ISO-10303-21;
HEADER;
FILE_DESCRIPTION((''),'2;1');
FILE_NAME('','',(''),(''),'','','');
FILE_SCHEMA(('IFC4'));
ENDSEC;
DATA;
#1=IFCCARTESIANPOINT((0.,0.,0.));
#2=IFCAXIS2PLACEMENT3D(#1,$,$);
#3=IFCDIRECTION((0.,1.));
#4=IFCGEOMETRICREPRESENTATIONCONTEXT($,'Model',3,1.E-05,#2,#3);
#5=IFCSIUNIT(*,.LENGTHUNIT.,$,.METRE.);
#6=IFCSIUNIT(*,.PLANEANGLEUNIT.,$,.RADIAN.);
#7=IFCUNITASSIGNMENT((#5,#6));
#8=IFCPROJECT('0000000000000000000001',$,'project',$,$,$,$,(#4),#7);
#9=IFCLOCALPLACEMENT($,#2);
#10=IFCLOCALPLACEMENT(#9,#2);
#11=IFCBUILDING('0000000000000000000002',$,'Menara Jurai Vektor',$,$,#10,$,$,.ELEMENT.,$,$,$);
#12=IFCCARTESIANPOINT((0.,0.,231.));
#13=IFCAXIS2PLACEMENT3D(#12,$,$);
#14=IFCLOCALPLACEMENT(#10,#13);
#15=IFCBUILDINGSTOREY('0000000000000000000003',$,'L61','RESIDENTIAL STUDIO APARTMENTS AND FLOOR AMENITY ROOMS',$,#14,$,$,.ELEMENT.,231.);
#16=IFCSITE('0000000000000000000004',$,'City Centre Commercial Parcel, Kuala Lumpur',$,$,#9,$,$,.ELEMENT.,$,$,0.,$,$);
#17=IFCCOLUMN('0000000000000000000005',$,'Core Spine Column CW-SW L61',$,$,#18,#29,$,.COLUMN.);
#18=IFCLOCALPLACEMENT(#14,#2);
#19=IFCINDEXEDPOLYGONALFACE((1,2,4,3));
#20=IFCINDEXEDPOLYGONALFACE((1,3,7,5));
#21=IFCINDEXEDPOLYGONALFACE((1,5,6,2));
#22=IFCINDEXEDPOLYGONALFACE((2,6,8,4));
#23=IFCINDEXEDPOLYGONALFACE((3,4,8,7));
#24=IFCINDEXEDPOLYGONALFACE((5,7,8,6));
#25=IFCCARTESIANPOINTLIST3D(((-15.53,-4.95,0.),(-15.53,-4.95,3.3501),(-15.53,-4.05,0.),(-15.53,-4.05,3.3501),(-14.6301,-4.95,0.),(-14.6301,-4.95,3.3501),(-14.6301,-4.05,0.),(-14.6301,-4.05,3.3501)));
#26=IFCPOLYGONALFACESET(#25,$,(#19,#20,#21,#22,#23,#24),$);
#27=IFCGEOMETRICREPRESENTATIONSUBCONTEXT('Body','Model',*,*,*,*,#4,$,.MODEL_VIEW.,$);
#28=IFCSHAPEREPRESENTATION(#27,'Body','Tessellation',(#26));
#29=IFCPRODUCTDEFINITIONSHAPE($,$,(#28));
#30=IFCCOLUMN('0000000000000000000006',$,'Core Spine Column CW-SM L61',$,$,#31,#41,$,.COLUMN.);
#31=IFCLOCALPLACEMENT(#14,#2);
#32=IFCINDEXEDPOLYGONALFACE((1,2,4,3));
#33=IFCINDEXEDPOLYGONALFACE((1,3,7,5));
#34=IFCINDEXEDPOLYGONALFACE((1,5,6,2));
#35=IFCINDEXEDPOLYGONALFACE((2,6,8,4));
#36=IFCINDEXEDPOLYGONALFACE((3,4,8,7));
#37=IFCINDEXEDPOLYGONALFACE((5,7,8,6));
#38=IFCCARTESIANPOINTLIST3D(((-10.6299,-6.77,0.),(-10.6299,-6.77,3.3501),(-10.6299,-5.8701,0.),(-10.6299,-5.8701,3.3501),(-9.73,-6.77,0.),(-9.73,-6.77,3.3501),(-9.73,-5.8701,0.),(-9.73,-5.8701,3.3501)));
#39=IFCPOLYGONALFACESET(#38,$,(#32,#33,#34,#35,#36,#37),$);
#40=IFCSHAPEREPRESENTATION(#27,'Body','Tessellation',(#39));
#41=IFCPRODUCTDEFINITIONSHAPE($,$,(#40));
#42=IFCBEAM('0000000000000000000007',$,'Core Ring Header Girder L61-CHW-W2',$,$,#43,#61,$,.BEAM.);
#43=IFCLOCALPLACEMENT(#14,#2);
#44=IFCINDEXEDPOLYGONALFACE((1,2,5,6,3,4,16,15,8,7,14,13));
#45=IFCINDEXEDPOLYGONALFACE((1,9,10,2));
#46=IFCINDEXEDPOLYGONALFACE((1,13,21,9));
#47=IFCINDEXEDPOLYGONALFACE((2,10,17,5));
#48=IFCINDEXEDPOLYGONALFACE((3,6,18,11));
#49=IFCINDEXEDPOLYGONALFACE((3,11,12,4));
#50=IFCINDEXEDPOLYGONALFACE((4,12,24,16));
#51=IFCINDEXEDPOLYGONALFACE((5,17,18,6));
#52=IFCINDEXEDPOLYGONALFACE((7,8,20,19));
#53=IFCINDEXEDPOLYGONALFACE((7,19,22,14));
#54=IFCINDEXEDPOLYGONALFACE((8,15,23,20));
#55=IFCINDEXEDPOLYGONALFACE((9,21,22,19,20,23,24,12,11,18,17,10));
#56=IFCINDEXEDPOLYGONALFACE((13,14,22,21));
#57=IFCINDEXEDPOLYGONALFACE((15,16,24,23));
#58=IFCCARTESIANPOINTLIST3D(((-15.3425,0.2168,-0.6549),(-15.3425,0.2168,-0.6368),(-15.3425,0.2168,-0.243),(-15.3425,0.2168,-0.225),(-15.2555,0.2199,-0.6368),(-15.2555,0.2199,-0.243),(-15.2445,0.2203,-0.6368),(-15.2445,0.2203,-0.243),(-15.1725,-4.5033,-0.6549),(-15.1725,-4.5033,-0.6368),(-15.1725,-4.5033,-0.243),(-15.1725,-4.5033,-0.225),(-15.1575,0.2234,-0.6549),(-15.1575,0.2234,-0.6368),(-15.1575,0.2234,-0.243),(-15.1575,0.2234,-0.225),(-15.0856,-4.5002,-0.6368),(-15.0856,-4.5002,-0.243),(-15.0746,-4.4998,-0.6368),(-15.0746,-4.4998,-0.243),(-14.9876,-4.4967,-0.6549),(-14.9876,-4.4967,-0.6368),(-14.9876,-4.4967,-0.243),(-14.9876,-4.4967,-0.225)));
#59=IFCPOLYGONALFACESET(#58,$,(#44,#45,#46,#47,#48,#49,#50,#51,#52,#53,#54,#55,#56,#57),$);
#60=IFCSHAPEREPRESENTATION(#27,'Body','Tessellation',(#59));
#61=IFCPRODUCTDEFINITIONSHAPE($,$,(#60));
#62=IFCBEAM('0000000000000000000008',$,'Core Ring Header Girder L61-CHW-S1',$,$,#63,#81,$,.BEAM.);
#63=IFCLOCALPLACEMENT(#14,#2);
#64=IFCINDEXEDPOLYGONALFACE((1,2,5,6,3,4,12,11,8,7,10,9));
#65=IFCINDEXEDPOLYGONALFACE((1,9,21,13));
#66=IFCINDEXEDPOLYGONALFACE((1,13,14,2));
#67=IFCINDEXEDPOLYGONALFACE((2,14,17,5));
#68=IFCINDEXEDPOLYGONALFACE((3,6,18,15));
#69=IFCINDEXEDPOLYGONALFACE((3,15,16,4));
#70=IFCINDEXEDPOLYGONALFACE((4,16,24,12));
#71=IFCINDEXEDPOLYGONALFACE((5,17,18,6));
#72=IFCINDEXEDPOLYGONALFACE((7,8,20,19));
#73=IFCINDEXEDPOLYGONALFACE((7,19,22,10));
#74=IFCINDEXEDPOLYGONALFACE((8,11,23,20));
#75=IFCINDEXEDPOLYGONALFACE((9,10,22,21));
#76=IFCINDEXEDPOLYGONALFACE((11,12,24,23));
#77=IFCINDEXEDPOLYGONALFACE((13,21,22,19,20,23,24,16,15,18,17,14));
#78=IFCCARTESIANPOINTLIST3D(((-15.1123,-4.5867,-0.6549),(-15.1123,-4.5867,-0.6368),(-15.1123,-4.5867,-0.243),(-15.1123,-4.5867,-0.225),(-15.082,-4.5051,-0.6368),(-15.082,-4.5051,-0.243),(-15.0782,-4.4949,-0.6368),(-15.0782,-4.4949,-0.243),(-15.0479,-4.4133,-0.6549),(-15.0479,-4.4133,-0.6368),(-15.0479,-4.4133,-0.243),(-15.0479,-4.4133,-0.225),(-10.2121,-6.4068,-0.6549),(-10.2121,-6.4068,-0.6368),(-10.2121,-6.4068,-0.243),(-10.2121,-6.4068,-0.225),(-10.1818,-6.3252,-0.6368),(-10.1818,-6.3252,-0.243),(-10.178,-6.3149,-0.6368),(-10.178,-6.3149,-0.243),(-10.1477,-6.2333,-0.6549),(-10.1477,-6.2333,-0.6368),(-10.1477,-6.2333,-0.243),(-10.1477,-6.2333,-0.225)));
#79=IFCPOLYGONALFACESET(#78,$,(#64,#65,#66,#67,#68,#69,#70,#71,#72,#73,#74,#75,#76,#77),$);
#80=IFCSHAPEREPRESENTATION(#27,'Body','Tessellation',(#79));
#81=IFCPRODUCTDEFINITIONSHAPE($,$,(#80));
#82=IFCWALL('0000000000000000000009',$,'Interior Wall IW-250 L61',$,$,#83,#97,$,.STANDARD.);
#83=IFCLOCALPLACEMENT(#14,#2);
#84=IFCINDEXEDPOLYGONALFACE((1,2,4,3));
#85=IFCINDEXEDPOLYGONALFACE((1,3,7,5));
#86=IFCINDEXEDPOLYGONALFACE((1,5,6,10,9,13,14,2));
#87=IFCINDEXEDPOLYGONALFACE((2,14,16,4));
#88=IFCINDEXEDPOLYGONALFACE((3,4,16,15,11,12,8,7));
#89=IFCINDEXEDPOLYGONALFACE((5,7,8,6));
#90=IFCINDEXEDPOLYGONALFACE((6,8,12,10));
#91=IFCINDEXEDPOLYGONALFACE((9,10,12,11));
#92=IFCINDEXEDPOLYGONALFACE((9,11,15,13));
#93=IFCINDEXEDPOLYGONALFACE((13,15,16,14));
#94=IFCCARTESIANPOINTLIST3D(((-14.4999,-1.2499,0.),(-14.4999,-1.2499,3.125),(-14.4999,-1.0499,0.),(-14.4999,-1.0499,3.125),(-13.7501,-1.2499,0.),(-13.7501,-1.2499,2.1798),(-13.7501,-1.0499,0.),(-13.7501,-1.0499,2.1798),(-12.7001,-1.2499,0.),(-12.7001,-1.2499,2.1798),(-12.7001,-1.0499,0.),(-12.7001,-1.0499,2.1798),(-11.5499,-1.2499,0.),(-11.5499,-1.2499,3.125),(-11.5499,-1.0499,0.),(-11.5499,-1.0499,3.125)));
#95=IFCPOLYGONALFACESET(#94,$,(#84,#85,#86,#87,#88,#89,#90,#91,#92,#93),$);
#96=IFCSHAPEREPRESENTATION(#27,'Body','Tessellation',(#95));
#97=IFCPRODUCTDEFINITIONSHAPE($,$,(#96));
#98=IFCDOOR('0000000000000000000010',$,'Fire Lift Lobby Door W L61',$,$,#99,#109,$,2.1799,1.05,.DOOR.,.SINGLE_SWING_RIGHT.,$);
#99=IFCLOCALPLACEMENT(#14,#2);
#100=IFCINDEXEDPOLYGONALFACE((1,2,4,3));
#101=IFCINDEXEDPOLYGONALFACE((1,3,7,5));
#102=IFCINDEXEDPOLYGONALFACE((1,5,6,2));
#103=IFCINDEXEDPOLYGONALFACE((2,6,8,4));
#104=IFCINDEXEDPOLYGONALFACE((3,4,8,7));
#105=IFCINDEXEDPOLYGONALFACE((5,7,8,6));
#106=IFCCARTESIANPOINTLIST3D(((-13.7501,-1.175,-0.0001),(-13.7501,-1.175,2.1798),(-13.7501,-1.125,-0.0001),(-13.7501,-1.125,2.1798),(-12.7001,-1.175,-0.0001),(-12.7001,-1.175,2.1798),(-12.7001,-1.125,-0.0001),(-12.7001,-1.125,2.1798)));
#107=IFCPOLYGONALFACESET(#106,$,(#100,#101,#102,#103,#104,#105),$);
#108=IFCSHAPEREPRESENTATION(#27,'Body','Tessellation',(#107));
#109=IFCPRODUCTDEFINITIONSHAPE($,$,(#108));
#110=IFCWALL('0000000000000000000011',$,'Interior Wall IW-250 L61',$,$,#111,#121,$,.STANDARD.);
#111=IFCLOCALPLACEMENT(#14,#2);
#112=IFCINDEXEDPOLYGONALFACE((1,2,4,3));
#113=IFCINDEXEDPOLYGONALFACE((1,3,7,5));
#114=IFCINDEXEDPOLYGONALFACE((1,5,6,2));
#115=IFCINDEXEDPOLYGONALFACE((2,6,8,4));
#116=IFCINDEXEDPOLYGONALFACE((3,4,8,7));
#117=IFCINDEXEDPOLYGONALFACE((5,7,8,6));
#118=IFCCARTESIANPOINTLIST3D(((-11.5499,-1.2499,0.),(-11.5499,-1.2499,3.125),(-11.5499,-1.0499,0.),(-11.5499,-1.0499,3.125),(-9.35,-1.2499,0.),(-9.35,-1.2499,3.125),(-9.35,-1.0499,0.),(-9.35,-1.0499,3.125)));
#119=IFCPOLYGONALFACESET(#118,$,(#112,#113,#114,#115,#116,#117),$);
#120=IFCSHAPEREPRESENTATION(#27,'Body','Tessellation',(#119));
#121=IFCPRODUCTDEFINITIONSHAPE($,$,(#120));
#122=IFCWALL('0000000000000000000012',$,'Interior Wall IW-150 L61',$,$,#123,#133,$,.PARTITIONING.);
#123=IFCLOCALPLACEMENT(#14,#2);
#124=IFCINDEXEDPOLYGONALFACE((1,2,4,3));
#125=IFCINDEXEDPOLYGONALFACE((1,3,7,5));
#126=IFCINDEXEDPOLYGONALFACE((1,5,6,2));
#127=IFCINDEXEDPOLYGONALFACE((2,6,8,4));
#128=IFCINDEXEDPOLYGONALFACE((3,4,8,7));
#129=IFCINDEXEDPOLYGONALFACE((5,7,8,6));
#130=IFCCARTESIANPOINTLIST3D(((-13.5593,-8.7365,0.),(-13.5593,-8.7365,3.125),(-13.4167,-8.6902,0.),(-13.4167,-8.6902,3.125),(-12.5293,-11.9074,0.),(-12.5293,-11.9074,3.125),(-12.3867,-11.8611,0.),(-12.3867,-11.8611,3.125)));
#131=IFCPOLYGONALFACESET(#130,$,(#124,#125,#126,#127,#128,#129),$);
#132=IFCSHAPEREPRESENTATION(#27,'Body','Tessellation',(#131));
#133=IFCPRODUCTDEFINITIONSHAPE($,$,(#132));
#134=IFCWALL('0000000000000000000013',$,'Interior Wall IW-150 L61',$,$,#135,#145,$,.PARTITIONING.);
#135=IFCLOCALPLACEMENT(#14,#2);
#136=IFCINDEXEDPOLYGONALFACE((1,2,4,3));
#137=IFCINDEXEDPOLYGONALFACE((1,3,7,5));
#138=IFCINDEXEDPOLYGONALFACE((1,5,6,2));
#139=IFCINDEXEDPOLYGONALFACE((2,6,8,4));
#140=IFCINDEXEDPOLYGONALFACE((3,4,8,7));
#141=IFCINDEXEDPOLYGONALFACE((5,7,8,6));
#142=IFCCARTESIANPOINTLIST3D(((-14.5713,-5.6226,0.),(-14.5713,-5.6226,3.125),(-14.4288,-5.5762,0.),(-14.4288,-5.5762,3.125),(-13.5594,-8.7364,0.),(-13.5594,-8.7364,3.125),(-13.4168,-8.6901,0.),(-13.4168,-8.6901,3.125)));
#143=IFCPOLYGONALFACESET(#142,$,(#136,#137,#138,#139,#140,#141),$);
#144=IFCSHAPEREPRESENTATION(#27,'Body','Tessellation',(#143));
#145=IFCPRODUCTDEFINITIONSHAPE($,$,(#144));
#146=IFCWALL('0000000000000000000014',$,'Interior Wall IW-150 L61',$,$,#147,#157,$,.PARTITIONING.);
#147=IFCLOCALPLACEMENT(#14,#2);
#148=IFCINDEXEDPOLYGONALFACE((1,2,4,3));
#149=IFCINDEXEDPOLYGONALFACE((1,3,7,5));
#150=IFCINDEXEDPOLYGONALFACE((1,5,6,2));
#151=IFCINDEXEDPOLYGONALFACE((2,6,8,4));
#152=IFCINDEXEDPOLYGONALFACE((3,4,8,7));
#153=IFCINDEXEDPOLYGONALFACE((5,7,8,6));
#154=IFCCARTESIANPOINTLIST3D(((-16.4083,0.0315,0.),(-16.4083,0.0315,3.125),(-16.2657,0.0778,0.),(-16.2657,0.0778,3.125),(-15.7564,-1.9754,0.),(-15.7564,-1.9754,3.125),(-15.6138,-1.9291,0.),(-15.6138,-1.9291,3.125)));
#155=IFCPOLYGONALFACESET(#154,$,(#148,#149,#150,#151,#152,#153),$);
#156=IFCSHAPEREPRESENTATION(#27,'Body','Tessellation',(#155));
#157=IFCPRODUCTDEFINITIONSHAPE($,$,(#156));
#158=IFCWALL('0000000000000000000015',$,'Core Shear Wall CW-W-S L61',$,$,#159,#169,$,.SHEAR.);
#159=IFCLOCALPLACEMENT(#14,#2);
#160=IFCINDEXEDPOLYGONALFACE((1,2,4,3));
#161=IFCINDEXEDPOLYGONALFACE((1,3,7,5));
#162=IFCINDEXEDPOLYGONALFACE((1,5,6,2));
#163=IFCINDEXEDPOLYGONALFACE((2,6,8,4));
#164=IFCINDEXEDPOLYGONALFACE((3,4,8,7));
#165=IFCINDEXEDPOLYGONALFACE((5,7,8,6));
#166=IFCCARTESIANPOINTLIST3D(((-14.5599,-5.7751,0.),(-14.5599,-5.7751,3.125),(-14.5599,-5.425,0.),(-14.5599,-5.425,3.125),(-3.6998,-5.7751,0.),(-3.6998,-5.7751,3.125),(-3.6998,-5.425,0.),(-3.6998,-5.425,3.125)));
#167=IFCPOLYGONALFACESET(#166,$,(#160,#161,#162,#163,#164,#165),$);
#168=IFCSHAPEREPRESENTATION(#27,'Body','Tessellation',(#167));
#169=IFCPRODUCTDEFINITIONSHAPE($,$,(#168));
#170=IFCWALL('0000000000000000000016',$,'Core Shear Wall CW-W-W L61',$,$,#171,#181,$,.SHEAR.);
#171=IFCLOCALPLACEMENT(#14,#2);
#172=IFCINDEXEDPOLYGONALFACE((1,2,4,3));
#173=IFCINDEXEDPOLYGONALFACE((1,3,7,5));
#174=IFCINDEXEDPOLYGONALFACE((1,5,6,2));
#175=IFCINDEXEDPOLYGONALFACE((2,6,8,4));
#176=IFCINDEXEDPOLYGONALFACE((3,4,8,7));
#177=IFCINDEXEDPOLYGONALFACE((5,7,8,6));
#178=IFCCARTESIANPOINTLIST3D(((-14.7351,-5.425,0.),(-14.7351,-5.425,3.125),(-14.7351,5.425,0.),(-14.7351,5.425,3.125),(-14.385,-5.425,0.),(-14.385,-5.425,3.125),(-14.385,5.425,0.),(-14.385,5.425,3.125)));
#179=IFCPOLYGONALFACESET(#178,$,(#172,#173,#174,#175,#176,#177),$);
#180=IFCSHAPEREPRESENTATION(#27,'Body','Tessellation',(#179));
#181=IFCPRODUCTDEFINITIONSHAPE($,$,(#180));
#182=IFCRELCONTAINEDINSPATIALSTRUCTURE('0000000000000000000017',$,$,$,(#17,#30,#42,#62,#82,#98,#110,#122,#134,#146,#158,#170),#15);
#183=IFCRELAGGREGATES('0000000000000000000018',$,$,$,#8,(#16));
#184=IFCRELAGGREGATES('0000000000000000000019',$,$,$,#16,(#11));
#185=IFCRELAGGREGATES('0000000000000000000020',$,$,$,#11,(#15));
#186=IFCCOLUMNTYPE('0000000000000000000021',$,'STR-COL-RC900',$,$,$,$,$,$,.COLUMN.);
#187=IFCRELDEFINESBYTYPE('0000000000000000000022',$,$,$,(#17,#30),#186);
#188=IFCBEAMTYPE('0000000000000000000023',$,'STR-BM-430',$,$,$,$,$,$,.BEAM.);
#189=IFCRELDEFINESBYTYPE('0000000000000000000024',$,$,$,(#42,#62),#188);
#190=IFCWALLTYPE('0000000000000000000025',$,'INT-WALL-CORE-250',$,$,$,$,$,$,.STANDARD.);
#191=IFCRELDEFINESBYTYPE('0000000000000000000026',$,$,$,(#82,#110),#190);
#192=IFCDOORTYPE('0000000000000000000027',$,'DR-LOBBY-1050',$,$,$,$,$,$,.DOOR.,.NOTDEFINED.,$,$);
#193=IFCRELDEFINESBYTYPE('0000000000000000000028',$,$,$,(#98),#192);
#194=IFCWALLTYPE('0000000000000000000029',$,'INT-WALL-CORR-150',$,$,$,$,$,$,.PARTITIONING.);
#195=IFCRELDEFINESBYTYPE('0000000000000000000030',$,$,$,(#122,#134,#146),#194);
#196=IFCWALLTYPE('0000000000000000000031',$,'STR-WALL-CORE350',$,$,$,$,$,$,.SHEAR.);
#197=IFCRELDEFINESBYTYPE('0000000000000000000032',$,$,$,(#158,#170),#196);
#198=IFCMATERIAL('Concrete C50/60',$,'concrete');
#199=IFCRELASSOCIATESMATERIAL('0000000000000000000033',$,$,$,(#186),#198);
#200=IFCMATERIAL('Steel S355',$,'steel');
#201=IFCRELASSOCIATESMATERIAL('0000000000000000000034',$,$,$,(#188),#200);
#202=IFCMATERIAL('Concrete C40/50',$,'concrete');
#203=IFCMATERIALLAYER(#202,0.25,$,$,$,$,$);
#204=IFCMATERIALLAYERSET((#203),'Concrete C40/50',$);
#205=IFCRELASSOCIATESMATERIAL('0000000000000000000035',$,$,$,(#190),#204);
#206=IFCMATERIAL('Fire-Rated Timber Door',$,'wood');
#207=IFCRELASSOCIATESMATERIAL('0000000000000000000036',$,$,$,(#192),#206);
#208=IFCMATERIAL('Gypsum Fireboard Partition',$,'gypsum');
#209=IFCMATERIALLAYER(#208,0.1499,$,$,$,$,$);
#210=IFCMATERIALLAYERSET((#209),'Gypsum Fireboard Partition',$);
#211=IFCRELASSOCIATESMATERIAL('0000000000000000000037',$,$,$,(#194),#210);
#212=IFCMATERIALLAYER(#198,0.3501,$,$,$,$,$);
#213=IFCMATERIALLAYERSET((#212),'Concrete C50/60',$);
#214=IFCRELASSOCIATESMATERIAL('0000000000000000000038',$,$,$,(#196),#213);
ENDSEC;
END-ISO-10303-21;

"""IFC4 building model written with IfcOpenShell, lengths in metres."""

from ifc_helpers import new_model, si_unit, direction, frame, frame_2d, origin, origin_2d, place, context, subcontext, project, spatial, rectangle, i_section, extrude, material, layer, layer_set, material_profile, profile_set, type_object, element, fill, save


model = new_model("IFC4")

# Units and contexts
model_context = context("Model", 3, precision=1e-05, world=origin(), true_north=direction((0.0, 1.0)))
body_context = subcontext(model_context, "Body", "Model", "MODEL_VIEW")
ifc_project = project(units=[si_unit("LENGTHUNIT", "METRE"), si_unit("PLANEANGLEUNIT", "RADIAN")], contexts=[model_context])

# Site, building, storey
site_placement = place(None, origin())
site = spatial("IfcSite", under=ifc_project, at=site_placement, Name="City Centre Commercial Parcel, Kuala Lumpur", CompositionType="ELEMENT", RefElevation=0.0)
building_placement = place(site_placement, origin())
building = spatial("IfcBuilding", under=site, at=building_placement, Name="Menara Jurai Vektor", CompositionType="ELEMENT")
storey_placement = place(building_placement, frame((0.0, 0.0, 231.0)))
storey = spatial("IfcBuildingStorey", under=building, at=storey_placement, Name="L61", Description="RESIDENTIAL STUDIO APARTMENTS AND FLOOR AMENITY ROOMS", CompositionType="ELEMENT", Elevation=231.0)

# Columns
ifc_material_1 = material(Name="Concrete C50/60", Category="concrete")
ifc_material_profile_1 = material_profile(ifc_material_1, rectangle(XDim=0.8999, YDim=0.8999, at=origin_2d()), Name="RC 900x900")
ifc_profile_set_1 = profile_set([ifc_material_profile_1], Name="Concrete C50/60")
column_type = type_object("IfcColumnType", Name="STR-COL-RC900", PredefinedType="COLUMN", material=ifc_profile_set_1)
for number, where, z_axis, x_axis, name in (
    (1, (-15.0801, -4.5, 0.0), (0.0, 0.0, 1.0), (1.0, 0.0, 0.0), "Core Spine Column CW-SW L61"),
    (2, (-10.1799, -6.3201, 0.0), (0.0, 0.0, 1.0), (1.0, 0.0, 0.0), "Core Spine Column CW-SM L61"),
):
    element("IfcColumn", number, at=place(storey_placement, frame(where, z_axis=z_axis, x_axis=x_axis)), inside=storey, type_object=column_type, Name=name, PredefinedType="COLUMN", context=body_context, shape_type="SweptSolid", body=[
        extrude(rectangle(XDim=0.8999, YDim=0.8999, at=origin_2d()), origin(), (0.0, 0.0, 1.0), 3.3501),
    ])

# Beams
ifc_material_2 = material(Name="Steel S355", Category="steel")
ifc_material_profile_2 = material_profile(ifc_material_2, i_section(OverallWidth=0.1851, OverallDepth=0.4299, WebThickness=0.011, FlangeThickness=0.0181, at=origin_2d()), Name="PG 430x185x76")
ifc_profile_set_2 = profile_set([ifc_material_profile_2], Name="Steel S355")
beam_type = type_object("IfcBeamType", Name="STR-BM-430", PredefinedType="BEAM", material=ifc_profile_set_2)
beam_1_placement = place(storey_placement, frame((-15.0801, -4.5, -0.4399), z_axis=(-0.035977, 0.999353, 0.0), x_axis=(-0.999353, -0.035977, 0.0)))
element("IfcBeam", 3, at=beam_1_placement, inside=storey, type_object=beam_type, Name="Core Ring Header Girder L61-CHW-W2", PredefinedType="BEAM", context=body_context, shape_type="SweptSolid", body=[
    extrude(i_section(OverallWidth=0.1851, OverallDepth=0.4299, WebThickness=0.011, FlangeThickness=0.0181, at=origin_2d()), origin(), (0.0, 0.0, 1.0), 4.7231),
])
beam_2_placement = place(storey_placement, frame((-15.0801, -4.5, -0.4399), z_axis=(0.937424, -0.348189, 0.0), x_axis=(0.348189, 0.937424, 0.0)))
element("IfcBeam", 4, at=beam_2_placement, inside=storey, type_object=beam_type, Name="Core Ring Header Girder L61-CHW-S1", PredefinedType="BEAM", context=body_context, shape_type="SweptSolid", body=[
    extrude(i_section(OverallWidth=0.1851, OverallDepth=0.4299, WebThickness=0.011, FlangeThickness=0.0181, at=origin_2d()), origin(), (0.0, 0.0, 1.0), 5.2273),
])

# Wall, opening, door
ifc_material_3 = material(Name="Concrete C40/50", Category="concrete")
ifc_layer_1 = layer(ifc_material_3, 0.25)
ifc_layer_set_1 = layer_set([ifc_layer_1], Name="Concrete C40/50")
wall_type_1 = type_object("IfcWallType", Name="INT-WALL-CORE-250", PredefinedType="STANDARD", material=ifc_layer_set_1)
wall_1_placement = place(storey_placement, frame((-14.5, -1.1499, 0.0), z_axis=(0.0, 0.0, 1.0), x_axis=(1.0, 0.0, 0.0)))
wall_1 = element("IfcWall", 5, at=wall_1_placement, inside=storey, type_object=wall_type_1, Name="Interior Wall IW-250 L61", PredefinedType="STANDARD", context=body_context, shape_type="SweptSolid", body=[
    extrude(rectangle(XDim=2.95, YDim=0.2, at=frame_2d((1.4751, 0.0))), origin(), (0.0, 0.0, 1.0), 3.125),
])
opening_1_placement = place(wall_1_placement, frame((0.75, 0.0, 0.0)))
opening_1 = element("IfcOpeningElement", 6, at=opening_1_placement, cuts=wall_1, PredefinedType="OPENING", context=body_context, shape_type="SweptSolid", body=[
    extrude(rectangle(XDim=1.05, YDim=2.1799, at=frame_2d((0.5249, 1.0898))), frame((0.0, 0.1099, 0.0), z_axis=(0.0, -1.0, 0.0), x_axis=(1.0, 0.0, 0.0)), (0.0, 0.0, 1.0), 0.22),
])
ifc_material_4 = material(Name="Fire-Rated Timber Door", Category="wood")
door_type_1 = type_object("IfcDoorType", Name="DR-LOBBY-1050", OperationType="NOTDEFINED", PredefinedType="DOOR", material=ifc_material_4)
door_1_placement = place(opening_1_placement, origin())
door_1 = element("IfcDoor", 7, at=door_1_placement, inside=storey, type_object=door_type_1, Name="Fire Lift Lobby Door W L61", OperationType="SINGLE_SWING_RIGHT", OverallHeight=2.1799, OverallWidth=1.05, PredefinedType="DOOR", context=body_context, shape_type="SweptSolid", body=[
    extrude(rectangle(XDim=1.05, YDim=2.1799, at=frame_2d((0.5249, 1.0898))), frame((0.0, 0.0249, 0.0), z_axis=(0.0, -1.0, 0.0), x_axis=(1.0, 0.0, 0.0)), (0.0, 0.0, 1.0), 0.05),
])
fill(opening_1, door_1)

# Walls
wall_2_placement = place(storey_placement, frame((-11.55, -1.1499, 0.0), z_axis=(0.0, 0.0, 1.0), x_axis=(1.0, 0.0, 0.0)))
element("IfcWall", 8, at=wall_2_placement, inside=storey, type_object=wall_type_1, Name="Interior Wall IW-250 L61", PredefinedType="STANDARD", context=body_context, shape_type="SweptSolid", body=[
    extrude(rectangle(XDim=2.2, YDim=0.2, at=frame_2d((1.1001, 0.0))), origin(), (0.0, 0.0, 1.0), 3.125),
])
ifc_material_5 = material(Name="Gypsum Fireboard Partition", Category="gypsum")
ifc_layer_2 = layer(ifc_material_5, 0.1499)
ifc_layer_set_2 = layer_set([ifc_layer_2], Name="Gypsum Fireboard Partition")
wall_type_2 = type_object("IfcWallType", Name="INT-WALL-CORR-150", PredefinedType="PARTITIONING", material=ifc_layer_set_2)
wall_3_placement = place(storey_placement, frame((-12.458, -11.8843, 0.0), z_axis=(0.0, 0.0, 1.0), x_axis=(-0.308947, 0.951079, 0.0)))
element("IfcWall", 9, at=wall_3_placement, inside=storey, type_object=wall_type_2, Name="Interior Wall IW-150 L61", PredefinedType="PARTITIONING", context=body_context, shape_type="SweptSolid", body=[
    extrude(rectangle(XDim=3.334, YDim=0.1499, at=frame_2d((1.667, 0.0))), origin(), (0.0, 0.0, 1.0), 3.125),
])
wall_4_placement = place(storey_placement, frame((-13.488, -8.7134, 0.0), z_axis=(0.0, 0.0, 1.0), x_axis=(-0.309083, 0.951035, 0.0)))
element("IfcWall", 10, at=wall_4_placement, inside=storey, type_object=wall_type_2, Name="Interior Wall IW-150 L61", PredefinedType="PARTITIONING", context=body_context, shape_type="SweptSolid", body=[
    extrude(rectangle(XDim=3.2742, YDim=0.1499, at=frame_2d((1.6372, 0.0))), origin(), (0.0, 0.0, 1.0), 3.125),
])
wall_5_placement = place(storey_placement, frame((-15.6851, -1.9524, 0.0), z_axis=(0.0, 0.0, 1.0), x_axis=(-0.308929, 0.951085, 0.0)))
element("IfcWall", 11, at=wall_5_placement, inside=storey, type_object=wall_type_2, Name="Interior Wall IW-150 L61", PredefinedType="PARTITIONING", context=body_context, shape_type="SweptSolid", body=[
    extrude(rectangle(XDim=2.1101, YDim=0.1499, at=frame_2d((1.0552, 0.0))), origin(), (0.0, 0.0, 1.0), 3.125),
])

# Walls
ifc_layer_3 = layer(ifc_material_1, 0.3501)
ifc_layer_set_3 = layer_set([ifc_layer_3], Name="Concrete C50/60")
wall_type_3 = type_object("IfcWallType", Name="STR-WALL-CORE350", PredefinedType="SHEAR", material=ifc_layer_set_3)
wall_6_placement = place(storey_placement, frame((-14.5601, -5.6001, 0.0), z_axis=(0.0, 0.0, 1.0), x_axis=(1.0, 0.0, 0.0)))
element("IfcWall", 12, at=wall_6_placement, inside=storey, type_object=wall_type_3, Name="Core Shear Wall CW-W-S L61", PredefinedType="SHEAR", context=body_context, shape_type="SweptSolid", body=[
    extrude(rectangle(XDim=10.8601, YDim=0.3501, at=frame_2d((5.4302, 0.0))), origin(), (0.0, 0.0, 1.0), 3.125),
])
wall_7_placement = place(storey_placement, frame((-14.5601, -5.425, 0.0), z_axis=(0.0, 0.0, 1.0), x_axis=(0.0, 1.0, 0.0)))
element("IfcWall", 13, at=wall_7_placement, inside=storey, type_object=wall_type_3, Name="Core Shear Wall CW-W-W L61", PredefinedType="SHEAR", context=body_context, shape_type="SweptSolid", body=[
    extrude(rectangle(XDim=10.8501, YDim=0.3501, at=frame_2d((5.425, 0.0))), origin(), (0.0, 0.0, 1.0), 3.125),
])

save(model, "model.ifc")
